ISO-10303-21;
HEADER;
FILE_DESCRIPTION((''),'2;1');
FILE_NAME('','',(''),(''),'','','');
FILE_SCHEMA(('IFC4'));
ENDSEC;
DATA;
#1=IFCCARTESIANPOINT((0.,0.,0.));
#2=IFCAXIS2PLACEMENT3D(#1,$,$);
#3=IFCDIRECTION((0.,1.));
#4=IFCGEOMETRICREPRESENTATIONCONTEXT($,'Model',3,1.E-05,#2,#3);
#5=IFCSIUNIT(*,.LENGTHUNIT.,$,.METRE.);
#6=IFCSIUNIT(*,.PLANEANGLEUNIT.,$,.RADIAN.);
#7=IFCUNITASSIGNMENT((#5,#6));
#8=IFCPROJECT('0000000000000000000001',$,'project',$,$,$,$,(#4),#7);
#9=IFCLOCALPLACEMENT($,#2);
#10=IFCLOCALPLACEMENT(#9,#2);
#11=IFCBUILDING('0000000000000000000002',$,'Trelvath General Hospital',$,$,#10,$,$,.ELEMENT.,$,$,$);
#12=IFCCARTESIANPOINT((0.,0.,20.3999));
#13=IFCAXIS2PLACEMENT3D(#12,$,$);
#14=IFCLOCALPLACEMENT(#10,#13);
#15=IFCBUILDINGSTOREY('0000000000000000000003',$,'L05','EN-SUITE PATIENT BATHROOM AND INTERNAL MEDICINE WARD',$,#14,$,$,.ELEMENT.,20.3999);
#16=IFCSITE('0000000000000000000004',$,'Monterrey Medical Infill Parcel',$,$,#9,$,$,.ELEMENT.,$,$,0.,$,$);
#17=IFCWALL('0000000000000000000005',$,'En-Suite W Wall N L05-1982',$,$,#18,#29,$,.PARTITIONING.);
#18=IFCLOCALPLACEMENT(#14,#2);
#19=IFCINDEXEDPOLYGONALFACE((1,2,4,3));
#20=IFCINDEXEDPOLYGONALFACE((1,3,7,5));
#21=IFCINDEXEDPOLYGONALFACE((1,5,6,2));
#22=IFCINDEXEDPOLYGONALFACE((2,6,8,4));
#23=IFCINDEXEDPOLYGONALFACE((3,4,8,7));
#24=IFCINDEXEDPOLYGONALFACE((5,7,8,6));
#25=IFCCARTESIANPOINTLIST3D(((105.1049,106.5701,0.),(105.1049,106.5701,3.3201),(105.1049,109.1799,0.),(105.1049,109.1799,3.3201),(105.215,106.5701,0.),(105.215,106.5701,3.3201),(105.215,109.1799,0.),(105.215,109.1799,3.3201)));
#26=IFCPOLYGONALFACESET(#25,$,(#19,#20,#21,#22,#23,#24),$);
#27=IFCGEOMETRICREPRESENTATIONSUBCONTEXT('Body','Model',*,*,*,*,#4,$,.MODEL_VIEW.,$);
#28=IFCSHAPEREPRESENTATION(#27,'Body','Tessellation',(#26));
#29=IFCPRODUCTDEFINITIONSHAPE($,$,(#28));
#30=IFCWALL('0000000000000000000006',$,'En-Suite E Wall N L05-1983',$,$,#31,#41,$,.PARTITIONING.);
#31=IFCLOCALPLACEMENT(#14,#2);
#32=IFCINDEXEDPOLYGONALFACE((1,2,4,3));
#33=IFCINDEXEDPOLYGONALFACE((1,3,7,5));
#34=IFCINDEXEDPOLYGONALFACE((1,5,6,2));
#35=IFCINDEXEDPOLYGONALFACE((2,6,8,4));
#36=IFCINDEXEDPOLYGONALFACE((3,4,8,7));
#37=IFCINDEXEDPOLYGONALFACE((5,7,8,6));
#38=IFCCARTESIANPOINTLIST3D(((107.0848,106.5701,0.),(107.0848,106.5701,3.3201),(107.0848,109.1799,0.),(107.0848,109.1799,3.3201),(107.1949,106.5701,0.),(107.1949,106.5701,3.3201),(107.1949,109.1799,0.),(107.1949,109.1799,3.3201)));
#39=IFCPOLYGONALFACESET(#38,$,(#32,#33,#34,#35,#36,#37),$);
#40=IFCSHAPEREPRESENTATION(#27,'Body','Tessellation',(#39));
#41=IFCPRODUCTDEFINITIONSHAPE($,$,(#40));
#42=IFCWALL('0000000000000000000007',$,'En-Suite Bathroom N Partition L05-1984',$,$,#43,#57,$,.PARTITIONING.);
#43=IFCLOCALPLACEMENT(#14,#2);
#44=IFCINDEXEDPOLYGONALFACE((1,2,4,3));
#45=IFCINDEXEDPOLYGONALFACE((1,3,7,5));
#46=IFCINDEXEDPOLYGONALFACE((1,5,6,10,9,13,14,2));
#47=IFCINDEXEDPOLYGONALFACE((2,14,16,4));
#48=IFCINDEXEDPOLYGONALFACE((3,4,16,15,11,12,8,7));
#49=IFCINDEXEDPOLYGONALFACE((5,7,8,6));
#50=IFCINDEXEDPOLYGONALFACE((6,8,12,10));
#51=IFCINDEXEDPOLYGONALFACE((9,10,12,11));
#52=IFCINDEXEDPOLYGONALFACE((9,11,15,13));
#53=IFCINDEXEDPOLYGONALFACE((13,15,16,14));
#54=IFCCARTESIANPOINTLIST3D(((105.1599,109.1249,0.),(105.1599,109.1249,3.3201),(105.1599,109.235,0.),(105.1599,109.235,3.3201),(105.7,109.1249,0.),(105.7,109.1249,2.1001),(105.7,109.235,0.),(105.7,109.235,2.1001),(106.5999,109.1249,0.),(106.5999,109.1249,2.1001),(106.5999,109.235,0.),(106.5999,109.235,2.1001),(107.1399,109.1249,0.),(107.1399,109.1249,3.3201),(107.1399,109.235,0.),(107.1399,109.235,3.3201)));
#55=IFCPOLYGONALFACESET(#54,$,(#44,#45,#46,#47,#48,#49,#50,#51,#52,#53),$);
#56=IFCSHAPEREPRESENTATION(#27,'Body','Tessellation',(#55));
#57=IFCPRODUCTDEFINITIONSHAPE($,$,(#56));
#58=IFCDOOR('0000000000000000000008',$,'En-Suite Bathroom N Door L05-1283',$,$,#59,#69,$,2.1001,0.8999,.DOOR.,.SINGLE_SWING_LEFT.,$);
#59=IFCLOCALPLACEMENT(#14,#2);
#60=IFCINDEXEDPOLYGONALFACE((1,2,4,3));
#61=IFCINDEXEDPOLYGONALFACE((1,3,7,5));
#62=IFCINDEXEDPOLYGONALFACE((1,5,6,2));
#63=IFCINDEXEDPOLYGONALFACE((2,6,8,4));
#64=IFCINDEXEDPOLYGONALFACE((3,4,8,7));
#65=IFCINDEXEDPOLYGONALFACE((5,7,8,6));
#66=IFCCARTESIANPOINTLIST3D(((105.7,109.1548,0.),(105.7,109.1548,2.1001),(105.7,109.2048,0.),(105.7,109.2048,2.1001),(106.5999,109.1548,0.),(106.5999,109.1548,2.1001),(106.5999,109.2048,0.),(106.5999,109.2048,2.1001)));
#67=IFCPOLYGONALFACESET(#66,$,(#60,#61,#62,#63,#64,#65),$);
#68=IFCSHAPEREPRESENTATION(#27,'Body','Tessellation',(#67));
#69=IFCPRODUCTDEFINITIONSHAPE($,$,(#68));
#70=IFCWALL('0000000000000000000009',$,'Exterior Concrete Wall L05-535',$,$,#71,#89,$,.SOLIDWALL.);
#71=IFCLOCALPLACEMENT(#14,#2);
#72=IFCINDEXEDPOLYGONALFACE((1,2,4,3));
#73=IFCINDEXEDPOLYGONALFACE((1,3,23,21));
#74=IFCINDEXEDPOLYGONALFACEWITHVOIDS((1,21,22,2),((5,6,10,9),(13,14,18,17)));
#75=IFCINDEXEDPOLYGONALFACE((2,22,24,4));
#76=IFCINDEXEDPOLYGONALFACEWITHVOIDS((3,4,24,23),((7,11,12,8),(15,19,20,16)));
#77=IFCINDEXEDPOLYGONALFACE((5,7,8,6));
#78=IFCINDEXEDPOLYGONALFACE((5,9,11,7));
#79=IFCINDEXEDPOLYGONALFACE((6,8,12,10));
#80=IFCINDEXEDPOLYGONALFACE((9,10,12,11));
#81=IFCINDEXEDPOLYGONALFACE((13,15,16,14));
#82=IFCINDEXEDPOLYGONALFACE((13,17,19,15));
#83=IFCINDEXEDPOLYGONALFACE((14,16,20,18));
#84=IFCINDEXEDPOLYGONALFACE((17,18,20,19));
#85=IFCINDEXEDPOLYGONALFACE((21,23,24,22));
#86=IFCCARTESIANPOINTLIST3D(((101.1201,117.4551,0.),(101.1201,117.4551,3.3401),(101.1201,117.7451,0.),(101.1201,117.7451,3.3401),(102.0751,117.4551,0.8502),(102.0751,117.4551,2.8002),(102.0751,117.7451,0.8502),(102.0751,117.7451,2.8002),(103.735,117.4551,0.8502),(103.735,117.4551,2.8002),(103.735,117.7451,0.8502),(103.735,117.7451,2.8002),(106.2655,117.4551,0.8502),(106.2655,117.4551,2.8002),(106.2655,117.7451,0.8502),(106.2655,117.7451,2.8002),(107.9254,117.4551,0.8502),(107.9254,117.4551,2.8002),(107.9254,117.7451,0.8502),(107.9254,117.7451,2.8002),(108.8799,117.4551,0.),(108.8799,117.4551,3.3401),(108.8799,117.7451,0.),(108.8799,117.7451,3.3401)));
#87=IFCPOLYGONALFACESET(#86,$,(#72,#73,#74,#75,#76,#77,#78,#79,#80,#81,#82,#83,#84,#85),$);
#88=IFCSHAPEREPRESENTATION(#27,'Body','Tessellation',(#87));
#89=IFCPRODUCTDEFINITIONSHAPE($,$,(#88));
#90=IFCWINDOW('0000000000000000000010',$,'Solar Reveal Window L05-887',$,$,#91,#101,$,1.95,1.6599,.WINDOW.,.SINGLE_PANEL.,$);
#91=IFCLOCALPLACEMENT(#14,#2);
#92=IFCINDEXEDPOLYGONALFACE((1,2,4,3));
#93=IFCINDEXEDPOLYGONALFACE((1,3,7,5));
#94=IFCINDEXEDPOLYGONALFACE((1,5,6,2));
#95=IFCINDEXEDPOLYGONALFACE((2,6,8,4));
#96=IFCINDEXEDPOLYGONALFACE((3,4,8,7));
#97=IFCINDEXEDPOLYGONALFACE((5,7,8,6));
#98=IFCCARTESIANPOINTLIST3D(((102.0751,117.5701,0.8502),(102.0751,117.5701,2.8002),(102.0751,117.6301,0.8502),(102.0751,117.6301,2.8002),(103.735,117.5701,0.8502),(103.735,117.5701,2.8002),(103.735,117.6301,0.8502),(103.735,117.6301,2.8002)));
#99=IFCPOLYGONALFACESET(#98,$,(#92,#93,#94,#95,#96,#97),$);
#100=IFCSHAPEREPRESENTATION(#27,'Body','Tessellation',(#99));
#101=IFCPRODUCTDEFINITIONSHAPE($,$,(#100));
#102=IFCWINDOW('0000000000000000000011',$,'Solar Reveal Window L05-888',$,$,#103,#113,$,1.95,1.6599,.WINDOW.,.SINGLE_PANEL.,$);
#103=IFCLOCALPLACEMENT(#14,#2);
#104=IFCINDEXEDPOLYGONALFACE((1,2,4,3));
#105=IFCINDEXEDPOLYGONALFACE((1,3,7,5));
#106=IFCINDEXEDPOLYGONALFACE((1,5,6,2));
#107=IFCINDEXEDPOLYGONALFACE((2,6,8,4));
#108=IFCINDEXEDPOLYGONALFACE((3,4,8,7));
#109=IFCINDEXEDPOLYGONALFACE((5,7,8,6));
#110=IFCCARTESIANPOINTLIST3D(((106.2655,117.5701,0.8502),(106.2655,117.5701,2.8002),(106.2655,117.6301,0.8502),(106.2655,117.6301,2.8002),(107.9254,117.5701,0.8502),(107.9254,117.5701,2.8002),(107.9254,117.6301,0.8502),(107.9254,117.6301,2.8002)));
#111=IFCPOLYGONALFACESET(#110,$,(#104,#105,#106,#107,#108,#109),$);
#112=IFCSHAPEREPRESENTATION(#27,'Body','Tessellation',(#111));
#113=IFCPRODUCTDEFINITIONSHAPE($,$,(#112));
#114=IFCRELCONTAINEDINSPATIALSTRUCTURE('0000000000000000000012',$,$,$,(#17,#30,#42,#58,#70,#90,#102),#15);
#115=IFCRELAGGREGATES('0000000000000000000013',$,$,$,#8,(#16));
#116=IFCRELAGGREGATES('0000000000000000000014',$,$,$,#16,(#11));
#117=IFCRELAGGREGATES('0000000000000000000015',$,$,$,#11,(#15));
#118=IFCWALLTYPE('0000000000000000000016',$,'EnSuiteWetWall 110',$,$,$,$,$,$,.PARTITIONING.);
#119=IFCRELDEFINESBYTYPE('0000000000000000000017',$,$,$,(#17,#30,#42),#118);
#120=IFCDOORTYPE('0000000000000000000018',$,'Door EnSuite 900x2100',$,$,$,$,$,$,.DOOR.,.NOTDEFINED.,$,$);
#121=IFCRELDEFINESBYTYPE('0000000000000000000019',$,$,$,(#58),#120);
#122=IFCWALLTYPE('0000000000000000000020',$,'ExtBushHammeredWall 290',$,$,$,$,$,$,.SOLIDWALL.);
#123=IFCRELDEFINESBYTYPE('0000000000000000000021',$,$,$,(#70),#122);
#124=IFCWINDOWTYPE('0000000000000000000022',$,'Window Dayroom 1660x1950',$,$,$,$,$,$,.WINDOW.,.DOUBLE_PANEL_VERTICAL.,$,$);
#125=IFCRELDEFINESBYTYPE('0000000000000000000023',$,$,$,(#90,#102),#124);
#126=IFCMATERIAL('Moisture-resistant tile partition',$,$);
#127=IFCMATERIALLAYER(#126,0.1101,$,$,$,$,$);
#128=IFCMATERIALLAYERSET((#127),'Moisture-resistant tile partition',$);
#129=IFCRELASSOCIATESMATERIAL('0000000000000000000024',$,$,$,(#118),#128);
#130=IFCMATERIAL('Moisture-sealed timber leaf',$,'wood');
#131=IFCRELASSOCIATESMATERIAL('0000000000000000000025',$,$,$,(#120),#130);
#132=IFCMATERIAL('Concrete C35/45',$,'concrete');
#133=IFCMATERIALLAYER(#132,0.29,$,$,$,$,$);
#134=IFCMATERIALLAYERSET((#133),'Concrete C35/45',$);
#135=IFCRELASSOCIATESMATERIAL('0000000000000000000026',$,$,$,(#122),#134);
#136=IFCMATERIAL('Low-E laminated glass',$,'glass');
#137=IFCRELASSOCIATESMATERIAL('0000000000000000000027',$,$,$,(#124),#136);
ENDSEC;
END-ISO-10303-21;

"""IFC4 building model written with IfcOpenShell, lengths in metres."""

from ifc_helpers import new_model, si_unit, direction, frame, frame_2d, origin, place, context, subcontext, project, spatial, rectangle, extrude, material, layer, layer_set, type_object, element, fill, save


model = new_model("IFC4")

# Units and contexts
model_context = context("Model", 3, precision=1e-05, world=origin(), true_north=direction((0.0, 1.0)))
body_context = subcontext(model_context, "Body", "Model", "MODEL_VIEW")
ifc_project = project(units=[si_unit("LENGTHUNIT", "METRE"), si_unit("PLANEANGLEUNIT", "RADIAN")], contexts=[model_context])

# Site, building, storey
site_placement = place(None, origin())
site = spatial("IfcSite", under=ifc_project, at=site_placement, Name="Monterrey Medical Infill Parcel", CompositionType="ELEMENT", RefElevation=0.0)
building_placement = place(site_placement, origin())
building = spatial("IfcBuilding", under=site, at=building_placement, Name="Trelvath General Hospital", CompositionType="ELEMENT")
storey_placement = place(building_placement, frame((0.0, 0.0, 20.3999)))
storey = spatial("IfcBuildingStorey", under=building, at=storey_placement, Name="L05", Description="EN-SUITE PATIENT BATHROOM AND INTERNAL MEDICINE WARD", CompositionType="ELEMENT", Elevation=20.3999)

# Shared definitions
ifc_material_1 = material(Name="Moisture-resistant tile partition")
ifc_layer_1 = layer(ifc_material_1, 0.1101)
ifc_layer_set_1 = layer_set([ifc_layer_1], Name="Moisture-resistant tile partition")
wall_type_1 = type_object("IfcWallType", Name="EnSuiteWetWall 110", PredefinedType="PARTITIONING", material=ifc_layer_set_1)
ifc_material_2 = material(Name="Moisture-sealed timber leaf", Category="wood")
door_type = type_object("IfcDoorType", Name="Door EnSuite 900x2100", OperationType="NOTDEFINED", PredefinedType="DOOR", material=ifc_material_2)

# Walls
for number, where, z_axis, x_axis, name in (
    (1, (105.1599, 106.5701, 0.0), (0.0, 0.0, 1.0), (0.0, 1.0, 0.0), "En-Suite W Wall N L05-1982"),
    (2, (107.1399, 106.5701, 0.0), (0.0, 0.0, 1.0), (0.0, 1.0, 0.0), "En-Suite E Wall N L05-1983"),
):
    element("IfcWall", number, at=place(storey_placement, frame(where, z_axis=z_axis, x_axis=x_axis)), inside=storey, type_object=wall_type_1, Name=name, PredefinedType="PARTITIONING", context=body_context, shape_type="SweptSolid", body=[
        extrude(rectangle(XDim=2.6099, YDim=0.1101, at=frame_2d((1.3049, 0.0))), origin(), (0.0, 0.0, 1.0), 3.3201),
    ])

# Wall, opening, door
wall_1_placement = place(storey_placement, frame((105.1599, 109.1799, 0.0), z_axis=(0.0, 0.0, 1.0), x_axis=(1.0, 0.0, 0.0)))
wall_1 = element("IfcWall", 3, at=wall_1_placement, inside=storey, type_object=wall_type_1, Name="En-Suite Bathroom N Partition L05-1984", PredefinedType="PARTITIONING", context=body_context, shape_type="SweptSolid", body=[
    extrude(rectangle(XDim=1.98, YDim=0.1101, at=frame_2d((0.99, 0.0))), origin(), (0.0, 0.0, 1.0), 3.3201),
])
opening_1_placement = place(wall_1_placement, frame((0.54, 0.0, 0.0)))
opening_1 = element("IfcOpeningElement", 4, at=opening_1_placement, cuts=wall_1, PredefinedType="OPENING", context=body_context, shape_type="SweptSolid", body=[
    extrude(rectangle(XDim=0.8999, YDim=2.1001, at=frame_2d((0.45, 1.05))), frame((0.0, 0.0649, 0.0), z_axis=(0.0, -1.0, 0.0), x_axis=(1.0, 0.0, 0.0)), (0.0, 0.0, 1.0), 0.1301),
])
door_1_placement = place(opening_1_placement, origin())
door_1 = element("IfcDoor", 5, at=door_1_placement, inside=storey, type_object=door_type, Name="En-Suite Bathroom N Door L05-1283", OperationType="SINGLE_SWING_LEFT", OverallHeight=2.1001, OverallWidth=0.8999, PredefinedType="DOOR", context=body_context, shape_type="SweptSolid", body=[
    extrude(rectangle(XDim=0.8999, YDim=2.1001, at=frame_2d((0.45, 1.05))), frame((0.0, 0.0249, 0.0), z_axis=(0.0, -1.0, 0.0), x_axis=(1.0, 0.0, 0.0)), (0.0, 0.0, 1.0), 0.05),
])
fill(opening_1, door_1)

# Wall, openings, windows
ifc_material_3 = material(Name="Concrete C35/45", Category="concrete")
ifc_layer_2 = layer(ifc_material_3, 0.29)
ifc_layer_set_2 = layer_set([ifc_layer_2], Name="Concrete C35/45")
wall_type_2 = type_object("IfcWallType", Name="ExtBushHammeredWall 290", PredefinedType="SOLIDWALL", material=ifc_layer_set_2)
wall_2_placement = place(storey_placement, frame((101.1201, 117.6001, 0.0), z_axis=(0.0, 0.0, 1.0), x_axis=(1.0, 0.0, 0.0)))
wall_2 = element("IfcWall", 6, at=wall_2_placement, inside=storey, type_object=wall_type_2, Name="Exterior Concrete Wall L05-535", PredefinedType="SOLIDWALL", context=body_context, shape_type="SweptSolid", body=[
    extrude(rectangle(XDim=7.7598, YDim=0.29, at=frame_2d((3.8799, 0.0))), origin(), (0.0, 0.0, 1.0), 3.3401),
])
opening_2_placement = place(wall_2_placement, frame((0.9548, 0.0, 0.8501)))
opening_2 = element("IfcOpeningElement", 7, at=opening_2_placement, cuts=wall_2, PredefinedType="OPENING", context=body_context, shape_type="SweptSolid", body=[
    extrude(rectangle(XDim=1.6599, YDim=1.95, at=frame_2d((0.8301, 0.9751))), frame((0.0, 0.155, 0.0), z_axis=(0.0, -1.0, 0.0), x_axis=(1.0, 0.0, 0.0)), (0.0, 0.0, 1.0), 0.3101),
])
opening_3_placement = place(wall_2_placement, frame((5.1453, 0.0, 0.8501)))
opening_3 = element("IfcOpeningElement", 8, at=opening_3_placement, cuts=wall_2, PredefinedType="OPENING", context=body_context, shape_type="SweptSolid", body=[
    extrude(rectangle(XDim=1.6599, YDim=1.95, at=frame_2d((0.8301, 0.9751))), frame((0.0, 0.155, 0.0), z_axis=(0.0, -1.0, 0.0), x_axis=(1.0, 0.0, 0.0)), (0.0, 0.0, 1.0), 0.3101),
])
ifc_material_4 = material(Name="Low-E laminated glass", Category="glass")
window_type = type_object("IfcWindowType", Name="Window Dayroom 1660x1950", PartitioningType="DOUBLE_PANEL_VERTICAL", PredefinedType="WINDOW", material=ifc_material_4)
window_1_placement = place(opening_2_placement, origin())
window_1 = element("IfcWindow", 9, at=window_1_placement, inside=storey, type_object=window_type, Name="Solar Reveal Window L05-887", OverallHeight=1.95, OverallWidth=1.6599, PartitioningType="SINGLE_PANEL", PredefinedType="WINDOW", context=body_context, shape_type="SweptSolid", body=[
    extrude(rectangle(XDim=1.6599, YDim=1.95, at=frame_2d((0.8301, 0.9751))), frame((0.0, 0.03, 0.0), z_axis=(0.0, -1.0, 0.0), x_axis=(1.0, 0.0, 0.0)), (0.0, 0.0, 1.0), 0.0601),
])
fill(opening_2, window_1)
window_2_placement = place(opening_3_placement, origin())
window_2 = element("IfcWindow", 10, at=window_2_placement, inside=storey, type_object=window_type, Name="Solar Reveal Window L05-888", OverallHeight=1.95, OverallWidth=1.6599, PartitioningType="SINGLE_PANEL", PredefinedType="WINDOW", context=body_context, shape_type="SweptSolid", body=[
    extrude(rectangle(XDim=1.6599, YDim=1.95, at=frame_2d((0.8301, 0.9751))), frame((0.0, 0.03, 0.0), z_axis=(0.0, -1.0, 0.0), x_axis=(1.0, 0.0, 0.0)), (0.0, 0.0, 1.0), 0.0601),
])
fill(opening_3, window_2)

save(model, "model.ifc")
